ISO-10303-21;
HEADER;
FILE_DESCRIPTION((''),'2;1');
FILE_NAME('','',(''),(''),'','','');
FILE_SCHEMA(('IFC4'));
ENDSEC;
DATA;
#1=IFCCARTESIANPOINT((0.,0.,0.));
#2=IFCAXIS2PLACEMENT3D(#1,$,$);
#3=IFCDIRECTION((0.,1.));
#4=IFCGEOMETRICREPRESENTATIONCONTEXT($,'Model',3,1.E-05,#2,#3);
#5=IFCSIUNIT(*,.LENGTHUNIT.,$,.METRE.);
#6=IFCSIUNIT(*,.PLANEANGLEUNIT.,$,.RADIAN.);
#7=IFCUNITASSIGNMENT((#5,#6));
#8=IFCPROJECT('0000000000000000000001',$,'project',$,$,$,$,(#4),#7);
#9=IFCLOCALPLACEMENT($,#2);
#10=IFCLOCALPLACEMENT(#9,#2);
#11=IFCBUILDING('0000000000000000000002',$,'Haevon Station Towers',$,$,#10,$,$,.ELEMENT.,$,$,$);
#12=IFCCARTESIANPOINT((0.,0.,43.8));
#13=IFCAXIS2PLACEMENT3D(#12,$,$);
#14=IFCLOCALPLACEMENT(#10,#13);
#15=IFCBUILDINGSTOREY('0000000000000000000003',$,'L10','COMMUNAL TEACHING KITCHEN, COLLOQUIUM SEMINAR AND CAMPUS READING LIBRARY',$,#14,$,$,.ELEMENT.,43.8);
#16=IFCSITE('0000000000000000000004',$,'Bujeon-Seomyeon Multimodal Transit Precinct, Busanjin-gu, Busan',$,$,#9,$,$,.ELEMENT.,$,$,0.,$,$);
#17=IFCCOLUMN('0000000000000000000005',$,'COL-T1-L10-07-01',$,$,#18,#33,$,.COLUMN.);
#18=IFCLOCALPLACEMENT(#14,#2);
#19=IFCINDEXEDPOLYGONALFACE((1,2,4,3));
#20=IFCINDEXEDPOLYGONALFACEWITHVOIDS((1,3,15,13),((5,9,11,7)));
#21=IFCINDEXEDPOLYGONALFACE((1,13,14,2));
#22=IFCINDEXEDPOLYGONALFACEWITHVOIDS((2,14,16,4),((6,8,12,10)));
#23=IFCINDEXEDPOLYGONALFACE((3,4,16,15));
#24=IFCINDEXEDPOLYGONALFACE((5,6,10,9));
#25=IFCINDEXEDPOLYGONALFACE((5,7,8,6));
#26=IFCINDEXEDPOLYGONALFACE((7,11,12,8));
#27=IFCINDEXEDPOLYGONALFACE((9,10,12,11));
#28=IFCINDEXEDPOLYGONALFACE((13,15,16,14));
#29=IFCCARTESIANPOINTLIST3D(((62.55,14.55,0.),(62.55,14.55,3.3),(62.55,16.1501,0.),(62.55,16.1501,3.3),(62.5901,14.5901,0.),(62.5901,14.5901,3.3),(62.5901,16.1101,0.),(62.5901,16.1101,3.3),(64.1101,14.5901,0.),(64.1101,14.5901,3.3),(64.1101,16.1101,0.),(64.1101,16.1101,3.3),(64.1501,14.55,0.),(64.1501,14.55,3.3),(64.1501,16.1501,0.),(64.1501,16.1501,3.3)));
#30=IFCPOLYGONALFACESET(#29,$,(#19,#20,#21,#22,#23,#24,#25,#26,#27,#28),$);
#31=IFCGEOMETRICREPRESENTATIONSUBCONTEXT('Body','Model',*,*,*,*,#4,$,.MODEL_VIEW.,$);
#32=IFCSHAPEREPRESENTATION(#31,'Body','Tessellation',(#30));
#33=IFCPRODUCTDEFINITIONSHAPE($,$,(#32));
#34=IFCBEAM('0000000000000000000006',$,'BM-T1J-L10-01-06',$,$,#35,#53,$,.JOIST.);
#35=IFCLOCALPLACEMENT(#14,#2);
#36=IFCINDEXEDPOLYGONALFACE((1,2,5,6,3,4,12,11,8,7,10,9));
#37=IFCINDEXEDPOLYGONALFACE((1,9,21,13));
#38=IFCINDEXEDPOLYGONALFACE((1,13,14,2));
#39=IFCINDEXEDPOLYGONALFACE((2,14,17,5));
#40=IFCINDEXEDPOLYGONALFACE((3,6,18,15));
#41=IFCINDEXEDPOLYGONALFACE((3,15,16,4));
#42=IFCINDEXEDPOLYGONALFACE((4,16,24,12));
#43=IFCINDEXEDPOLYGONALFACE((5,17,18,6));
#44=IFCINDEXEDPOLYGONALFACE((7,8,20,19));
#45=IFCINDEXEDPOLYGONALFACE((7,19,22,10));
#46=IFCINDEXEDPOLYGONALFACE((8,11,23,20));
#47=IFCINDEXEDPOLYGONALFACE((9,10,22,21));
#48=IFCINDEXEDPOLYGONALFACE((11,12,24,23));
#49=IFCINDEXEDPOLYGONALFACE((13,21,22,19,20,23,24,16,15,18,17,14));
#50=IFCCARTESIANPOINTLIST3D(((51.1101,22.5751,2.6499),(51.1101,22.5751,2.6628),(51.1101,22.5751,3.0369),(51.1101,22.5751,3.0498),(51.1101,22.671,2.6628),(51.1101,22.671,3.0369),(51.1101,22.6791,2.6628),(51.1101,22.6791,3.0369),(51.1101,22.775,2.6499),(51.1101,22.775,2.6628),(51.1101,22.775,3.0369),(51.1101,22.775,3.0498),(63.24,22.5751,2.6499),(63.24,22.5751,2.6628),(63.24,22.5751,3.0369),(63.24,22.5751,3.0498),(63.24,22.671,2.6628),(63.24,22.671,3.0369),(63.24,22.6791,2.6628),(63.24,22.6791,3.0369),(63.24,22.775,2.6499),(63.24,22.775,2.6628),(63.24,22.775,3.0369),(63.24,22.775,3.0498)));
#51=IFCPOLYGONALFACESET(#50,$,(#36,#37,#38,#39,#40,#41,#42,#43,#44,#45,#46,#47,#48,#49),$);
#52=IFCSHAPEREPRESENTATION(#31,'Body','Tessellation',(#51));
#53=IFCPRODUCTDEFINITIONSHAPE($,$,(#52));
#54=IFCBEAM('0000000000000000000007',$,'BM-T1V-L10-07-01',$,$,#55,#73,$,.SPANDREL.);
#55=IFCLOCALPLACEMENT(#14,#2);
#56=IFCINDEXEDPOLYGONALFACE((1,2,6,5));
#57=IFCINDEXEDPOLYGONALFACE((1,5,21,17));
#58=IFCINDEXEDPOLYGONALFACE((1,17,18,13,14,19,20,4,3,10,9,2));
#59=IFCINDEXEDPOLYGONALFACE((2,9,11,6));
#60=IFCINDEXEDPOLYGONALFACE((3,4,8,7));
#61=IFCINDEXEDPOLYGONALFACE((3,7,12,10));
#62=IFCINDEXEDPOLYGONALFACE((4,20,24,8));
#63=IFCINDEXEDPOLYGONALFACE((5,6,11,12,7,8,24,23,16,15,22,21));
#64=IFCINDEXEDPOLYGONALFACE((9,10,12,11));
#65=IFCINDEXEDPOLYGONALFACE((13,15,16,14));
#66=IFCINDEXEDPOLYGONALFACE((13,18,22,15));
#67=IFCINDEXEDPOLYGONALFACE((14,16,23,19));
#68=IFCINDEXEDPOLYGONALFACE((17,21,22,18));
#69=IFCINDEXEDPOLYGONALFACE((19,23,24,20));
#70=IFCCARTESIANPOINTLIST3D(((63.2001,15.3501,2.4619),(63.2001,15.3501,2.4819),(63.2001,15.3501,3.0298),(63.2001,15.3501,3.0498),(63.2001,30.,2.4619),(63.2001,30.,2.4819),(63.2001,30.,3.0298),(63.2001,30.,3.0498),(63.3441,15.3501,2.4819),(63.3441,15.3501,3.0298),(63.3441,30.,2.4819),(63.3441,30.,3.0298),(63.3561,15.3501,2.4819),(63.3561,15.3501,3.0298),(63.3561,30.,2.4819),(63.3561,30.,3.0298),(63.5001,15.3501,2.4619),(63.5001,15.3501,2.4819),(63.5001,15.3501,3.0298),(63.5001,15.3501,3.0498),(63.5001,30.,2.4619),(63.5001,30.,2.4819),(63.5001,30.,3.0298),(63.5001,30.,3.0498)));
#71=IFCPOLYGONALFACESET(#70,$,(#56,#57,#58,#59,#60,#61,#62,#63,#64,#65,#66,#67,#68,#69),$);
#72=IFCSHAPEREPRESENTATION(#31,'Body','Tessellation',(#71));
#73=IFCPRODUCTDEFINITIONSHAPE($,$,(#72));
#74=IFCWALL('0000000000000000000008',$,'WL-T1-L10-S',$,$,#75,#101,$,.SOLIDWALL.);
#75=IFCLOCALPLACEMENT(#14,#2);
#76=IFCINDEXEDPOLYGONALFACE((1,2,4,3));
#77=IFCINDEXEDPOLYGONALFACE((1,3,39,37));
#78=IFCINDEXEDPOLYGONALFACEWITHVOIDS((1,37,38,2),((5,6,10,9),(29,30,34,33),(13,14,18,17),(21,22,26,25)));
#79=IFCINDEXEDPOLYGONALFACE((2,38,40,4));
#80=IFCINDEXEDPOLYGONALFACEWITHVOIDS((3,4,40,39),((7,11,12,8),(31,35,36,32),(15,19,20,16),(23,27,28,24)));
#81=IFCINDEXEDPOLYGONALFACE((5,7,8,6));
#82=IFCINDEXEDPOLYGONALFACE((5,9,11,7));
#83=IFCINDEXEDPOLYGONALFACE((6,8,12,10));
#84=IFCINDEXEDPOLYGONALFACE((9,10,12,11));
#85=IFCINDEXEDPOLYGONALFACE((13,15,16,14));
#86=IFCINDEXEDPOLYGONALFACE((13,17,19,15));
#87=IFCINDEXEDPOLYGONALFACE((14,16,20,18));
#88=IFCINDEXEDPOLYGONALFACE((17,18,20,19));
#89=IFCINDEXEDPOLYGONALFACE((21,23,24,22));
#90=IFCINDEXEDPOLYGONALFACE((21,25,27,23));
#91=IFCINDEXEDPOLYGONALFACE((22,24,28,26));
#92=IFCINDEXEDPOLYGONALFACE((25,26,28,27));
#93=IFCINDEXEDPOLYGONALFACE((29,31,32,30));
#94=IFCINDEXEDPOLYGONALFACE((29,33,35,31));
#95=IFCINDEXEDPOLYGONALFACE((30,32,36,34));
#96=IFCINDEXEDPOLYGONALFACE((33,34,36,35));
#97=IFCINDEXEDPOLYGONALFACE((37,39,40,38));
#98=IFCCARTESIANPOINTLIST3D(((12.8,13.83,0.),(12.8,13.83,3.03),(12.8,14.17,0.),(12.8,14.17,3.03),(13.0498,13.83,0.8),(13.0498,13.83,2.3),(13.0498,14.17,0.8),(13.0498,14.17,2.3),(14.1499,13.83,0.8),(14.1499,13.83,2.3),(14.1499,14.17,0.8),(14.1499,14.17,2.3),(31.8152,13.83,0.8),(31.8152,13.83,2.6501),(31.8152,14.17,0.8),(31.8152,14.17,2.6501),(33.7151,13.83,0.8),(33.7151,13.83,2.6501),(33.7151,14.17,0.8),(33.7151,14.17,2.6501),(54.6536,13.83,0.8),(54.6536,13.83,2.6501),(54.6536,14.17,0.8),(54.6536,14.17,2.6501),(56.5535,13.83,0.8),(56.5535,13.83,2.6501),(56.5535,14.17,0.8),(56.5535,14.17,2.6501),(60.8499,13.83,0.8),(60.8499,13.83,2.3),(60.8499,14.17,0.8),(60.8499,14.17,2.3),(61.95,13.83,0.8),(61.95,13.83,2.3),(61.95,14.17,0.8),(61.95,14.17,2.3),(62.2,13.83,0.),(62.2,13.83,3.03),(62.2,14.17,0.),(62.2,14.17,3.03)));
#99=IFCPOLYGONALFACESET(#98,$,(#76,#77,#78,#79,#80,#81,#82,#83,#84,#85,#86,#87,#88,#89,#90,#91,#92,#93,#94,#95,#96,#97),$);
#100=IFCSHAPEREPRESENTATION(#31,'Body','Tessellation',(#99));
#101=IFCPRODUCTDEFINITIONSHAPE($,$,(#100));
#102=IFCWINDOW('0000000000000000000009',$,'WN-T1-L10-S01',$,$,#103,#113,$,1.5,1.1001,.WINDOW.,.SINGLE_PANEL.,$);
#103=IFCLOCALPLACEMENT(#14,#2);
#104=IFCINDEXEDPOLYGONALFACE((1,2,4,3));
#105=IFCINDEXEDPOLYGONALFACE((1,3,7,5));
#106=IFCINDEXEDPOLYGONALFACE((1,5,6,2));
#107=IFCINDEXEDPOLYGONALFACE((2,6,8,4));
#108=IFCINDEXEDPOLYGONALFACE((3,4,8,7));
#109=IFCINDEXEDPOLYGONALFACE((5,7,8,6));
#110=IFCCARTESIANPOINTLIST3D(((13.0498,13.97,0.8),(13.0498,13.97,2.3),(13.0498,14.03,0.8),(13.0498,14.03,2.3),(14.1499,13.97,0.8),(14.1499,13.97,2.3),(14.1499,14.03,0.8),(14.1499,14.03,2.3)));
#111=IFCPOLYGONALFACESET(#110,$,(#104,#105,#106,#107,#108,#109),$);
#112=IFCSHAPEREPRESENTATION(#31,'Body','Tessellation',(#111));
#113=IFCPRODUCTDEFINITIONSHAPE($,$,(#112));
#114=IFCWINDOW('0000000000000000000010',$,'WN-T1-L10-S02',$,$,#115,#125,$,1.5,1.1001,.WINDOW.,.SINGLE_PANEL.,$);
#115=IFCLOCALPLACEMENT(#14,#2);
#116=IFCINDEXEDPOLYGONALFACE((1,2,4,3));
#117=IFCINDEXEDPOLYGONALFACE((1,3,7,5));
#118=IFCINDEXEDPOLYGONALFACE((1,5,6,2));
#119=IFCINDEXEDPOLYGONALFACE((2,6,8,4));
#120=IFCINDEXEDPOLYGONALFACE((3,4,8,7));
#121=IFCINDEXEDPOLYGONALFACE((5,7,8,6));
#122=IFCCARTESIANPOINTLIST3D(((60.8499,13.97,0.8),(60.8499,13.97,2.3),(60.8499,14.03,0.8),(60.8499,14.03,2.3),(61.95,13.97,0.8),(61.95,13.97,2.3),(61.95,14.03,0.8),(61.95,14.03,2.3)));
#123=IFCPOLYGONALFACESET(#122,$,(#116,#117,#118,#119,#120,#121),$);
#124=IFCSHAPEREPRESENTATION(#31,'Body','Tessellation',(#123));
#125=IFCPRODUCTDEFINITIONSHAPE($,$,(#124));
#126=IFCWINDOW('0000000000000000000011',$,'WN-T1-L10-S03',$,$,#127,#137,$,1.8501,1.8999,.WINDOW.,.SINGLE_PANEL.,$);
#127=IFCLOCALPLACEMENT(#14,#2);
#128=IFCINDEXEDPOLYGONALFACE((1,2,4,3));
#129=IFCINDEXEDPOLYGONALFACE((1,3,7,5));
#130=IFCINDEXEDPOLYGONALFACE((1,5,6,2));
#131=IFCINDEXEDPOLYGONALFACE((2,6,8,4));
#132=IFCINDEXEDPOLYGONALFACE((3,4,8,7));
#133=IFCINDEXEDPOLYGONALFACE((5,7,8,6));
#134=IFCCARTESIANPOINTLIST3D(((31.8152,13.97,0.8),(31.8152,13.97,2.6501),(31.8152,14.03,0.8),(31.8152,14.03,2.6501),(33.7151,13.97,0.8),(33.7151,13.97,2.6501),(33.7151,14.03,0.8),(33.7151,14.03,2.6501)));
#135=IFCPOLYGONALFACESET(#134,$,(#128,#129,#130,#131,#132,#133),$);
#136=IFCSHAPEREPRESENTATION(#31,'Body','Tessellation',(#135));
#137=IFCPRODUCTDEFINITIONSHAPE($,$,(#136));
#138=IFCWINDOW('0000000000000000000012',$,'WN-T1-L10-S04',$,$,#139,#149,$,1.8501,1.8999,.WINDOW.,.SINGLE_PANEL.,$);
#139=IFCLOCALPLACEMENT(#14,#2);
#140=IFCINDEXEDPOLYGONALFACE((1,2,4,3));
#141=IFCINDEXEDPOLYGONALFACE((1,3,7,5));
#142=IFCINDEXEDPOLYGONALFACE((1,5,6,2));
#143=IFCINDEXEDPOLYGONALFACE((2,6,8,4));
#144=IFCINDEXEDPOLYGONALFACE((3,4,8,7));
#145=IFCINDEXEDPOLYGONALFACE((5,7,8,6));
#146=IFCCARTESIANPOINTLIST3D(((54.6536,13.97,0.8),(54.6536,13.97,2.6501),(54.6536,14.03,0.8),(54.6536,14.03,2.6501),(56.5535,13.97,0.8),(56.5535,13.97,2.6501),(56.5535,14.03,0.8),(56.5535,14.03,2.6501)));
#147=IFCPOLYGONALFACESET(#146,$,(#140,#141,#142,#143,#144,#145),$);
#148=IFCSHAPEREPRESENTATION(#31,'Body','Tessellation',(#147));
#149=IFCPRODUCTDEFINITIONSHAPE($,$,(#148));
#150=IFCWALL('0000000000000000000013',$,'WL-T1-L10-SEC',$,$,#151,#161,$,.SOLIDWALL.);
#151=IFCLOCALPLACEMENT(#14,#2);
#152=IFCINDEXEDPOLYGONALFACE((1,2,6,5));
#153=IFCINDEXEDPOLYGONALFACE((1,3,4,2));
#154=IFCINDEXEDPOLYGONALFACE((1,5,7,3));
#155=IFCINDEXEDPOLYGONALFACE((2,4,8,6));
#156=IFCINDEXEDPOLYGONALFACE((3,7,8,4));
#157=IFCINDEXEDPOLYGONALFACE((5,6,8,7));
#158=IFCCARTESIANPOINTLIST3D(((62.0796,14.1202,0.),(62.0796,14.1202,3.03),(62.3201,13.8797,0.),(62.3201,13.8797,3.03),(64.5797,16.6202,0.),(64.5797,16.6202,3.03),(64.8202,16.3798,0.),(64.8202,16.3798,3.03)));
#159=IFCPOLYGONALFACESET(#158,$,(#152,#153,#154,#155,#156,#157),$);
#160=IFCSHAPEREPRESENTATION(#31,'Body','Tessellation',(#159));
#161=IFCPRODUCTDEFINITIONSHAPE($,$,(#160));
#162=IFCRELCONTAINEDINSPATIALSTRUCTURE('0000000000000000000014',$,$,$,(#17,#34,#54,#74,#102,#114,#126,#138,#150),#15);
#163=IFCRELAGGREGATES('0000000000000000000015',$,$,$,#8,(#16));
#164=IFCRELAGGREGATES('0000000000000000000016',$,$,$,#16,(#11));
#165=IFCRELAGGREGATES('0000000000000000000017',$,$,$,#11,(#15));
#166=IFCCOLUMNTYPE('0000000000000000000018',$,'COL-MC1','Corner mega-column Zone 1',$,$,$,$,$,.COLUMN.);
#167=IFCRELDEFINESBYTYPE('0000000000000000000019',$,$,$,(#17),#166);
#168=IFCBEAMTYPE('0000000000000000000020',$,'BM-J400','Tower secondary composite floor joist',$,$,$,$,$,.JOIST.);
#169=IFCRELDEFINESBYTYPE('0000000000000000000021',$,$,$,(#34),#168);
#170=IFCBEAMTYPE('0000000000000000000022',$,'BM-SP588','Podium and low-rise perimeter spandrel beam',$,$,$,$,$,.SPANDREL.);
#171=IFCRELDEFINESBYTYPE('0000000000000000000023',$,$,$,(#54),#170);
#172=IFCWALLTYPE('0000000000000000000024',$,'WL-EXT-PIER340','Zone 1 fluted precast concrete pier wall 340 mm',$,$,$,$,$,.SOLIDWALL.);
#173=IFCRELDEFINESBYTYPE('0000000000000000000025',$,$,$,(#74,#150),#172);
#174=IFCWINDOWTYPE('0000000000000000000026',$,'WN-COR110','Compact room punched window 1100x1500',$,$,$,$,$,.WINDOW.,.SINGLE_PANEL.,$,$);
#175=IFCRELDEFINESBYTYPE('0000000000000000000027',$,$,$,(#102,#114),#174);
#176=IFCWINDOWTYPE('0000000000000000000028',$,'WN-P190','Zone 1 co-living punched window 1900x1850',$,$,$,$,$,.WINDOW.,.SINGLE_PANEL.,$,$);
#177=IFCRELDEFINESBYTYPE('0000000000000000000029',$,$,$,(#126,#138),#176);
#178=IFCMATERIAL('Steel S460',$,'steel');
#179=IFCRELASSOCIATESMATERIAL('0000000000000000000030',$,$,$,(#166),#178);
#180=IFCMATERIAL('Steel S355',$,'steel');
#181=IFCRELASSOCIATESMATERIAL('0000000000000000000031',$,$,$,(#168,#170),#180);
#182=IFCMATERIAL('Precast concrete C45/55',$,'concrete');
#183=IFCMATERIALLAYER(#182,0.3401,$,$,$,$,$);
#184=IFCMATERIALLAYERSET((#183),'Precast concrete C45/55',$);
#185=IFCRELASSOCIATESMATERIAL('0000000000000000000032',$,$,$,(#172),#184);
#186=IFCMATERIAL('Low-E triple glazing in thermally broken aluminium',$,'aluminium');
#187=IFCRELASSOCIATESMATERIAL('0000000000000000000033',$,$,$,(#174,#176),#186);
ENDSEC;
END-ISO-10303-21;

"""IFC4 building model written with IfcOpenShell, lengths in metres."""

from ifc_helpers import new_model, si_unit, direction, frame, frame_2d, origin, origin_2d, place, context, subcontext, project, spatial, rectangle, hollow_rectangle, i_section, extrude, material, layer, layer_set, material_profile, profile_set, type_object, element, fill, save


model = new_model("IFC4")

# Units and contexts
model_context = context("Model", 3, precision=1e-05, world=origin(), true_north=direction((0.0, 1.0)))
body_context = subcontext(model_context, "Body", "Model", "MODEL_VIEW")
ifc_project = project(units=[si_unit("LENGTHUNIT", "METRE"), si_unit("PLANEANGLEUNIT", "RADIAN")], contexts=[model_context])

# Site, building, storey
site_placement = place(None, origin())
site = spatial("IfcSite", under=ifc_project, at=site_placement, Name="Bujeon-Seomyeon Multimodal Transit Precinct, Busanjin-gu, Busan", CompositionType="ELEMENT", RefElevation=0.0)
building_placement = place(site_placement, origin())
building = spatial("IfcBuilding", under=site, at=building_placement, Name="Haevon Station Towers", CompositionType="ELEMENT")
storey_placement = place(building_placement, frame((0.0, 0.0, 43.8)))
storey = spatial("IfcBuildingStorey", under=building, at=storey_placement, Name="L10", Description="COMMUNAL TEACHING KITCHEN, COLLOQUIUM SEMINAR AND CAMPUS READING LIBRARY", CompositionType="ELEMENT", Elevation=43.8)

# Column
ifc_material_1 = material(Name="Steel S460", Category="steel")
ifc_material_profile_1 = material_profile(ifc_material_1, hollow_rectangle(XDim=1.6001, YDim=1.6001, WallThickness=0.04, at=origin_2d()), Name="BOX-1600x1600x40")
ifc_profile_set_1 = profile_set([ifc_material_profile_1], Name="Steel S460")
column_type = type_object("IfcColumnType", Name="COL-MC1", Description="Corner mega-column Zone 1", PredefinedType="COLUMN", material=ifc_profile_set_1)
column_placement = place(storey_placement, frame((63.3501, 15.3501, 0.0), z_axis=(0.0, 0.0, 1.0), x_axis=(1.0, 0.0, 0.0)))
element("IfcColumn", 1, at=column_placement, inside=storey, type_object=column_type, Name="COL-T1-L10-07-01", PredefinedType="COLUMN", context=body_context, shape_type="SweptSolid", body=[
    extrude(hollow_rectangle(XDim=1.6001, YDim=1.6001, WallThickness=0.04, at=origin_2d()), origin(), (0.0, 0.0, 1.0), 3.3),
])

# Beams
ifc_material_2 = material(Name="Steel S355", Category="steel")
ifc_material_profile_2 = material_profile(ifc_material_2, i_section(OverallWidth=0.2, OverallDepth=0.3999, WebThickness=0.0081, FlangeThickness=0.0129, at=origin_2d()), Name="H-400x200x8x13")
ifc_profile_set_2 = profile_set([ifc_material_profile_2], Name="Steel S355")
beam_type_1 = type_object("IfcBeamType", Name="BM-J400", Description="Tower secondary composite floor joist", PredefinedType="JOIST", material=ifc_profile_set_2)
beam_1_placement = place(storey_placement, frame((51.1101, 22.675, 2.8499), z_axis=(1.0, 0.0, 0.0), x_axis=(0.0, 1.0, 0.0)))
element("IfcBeam", 2, at=beam_1_placement, inside=storey, type_object=beam_type_1, Name="BM-T1J-L10-01-06", PredefinedType="JOIST", context=body_context, shape_type="SweptSolid", body=[
    extrude(i_section(OverallWidth=0.2, OverallDepth=0.3999, WebThickness=0.0081, FlangeThickness=0.0129, at=origin_2d()), origin(), (0.0, 0.0, 1.0), 12.1299),
])
ifc_material_profile_3 = material_profile(ifc_material_2, i_section(OverallWidth=0.3, OverallDepth=0.5879, WebThickness=0.012, FlangeThickness=0.02, at=origin_2d()), Name="H-588x300x12x20")
ifc_profile_set_3 = profile_set([ifc_material_profile_3], Name="Steel S355")
beam_type_2 = type_object("IfcBeamType", Name="BM-SP588", Description="Podium and low-rise perimeter spandrel beam", PredefinedType="SPANDREL", material=ifc_profile_set_3)
beam_2_placement = place(storey_placement, frame((63.3501, 15.3501, 2.7559), z_axis=(0.0, 1.0, 0.0), x_axis=(-1.0, 0.0, 0.0)))
element("IfcBeam", 3, at=beam_2_placement, inside=storey, type_object=beam_type_2, Name="BM-T1V-L10-07-01", PredefinedType="SPANDREL", context=body_context, shape_type="SweptSolid", body=[
    extrude(i_section(OverallWidth=0.3, OverallDepth=0.5879, WebThickness=0.012, FlangeThickness=0.02, at=origin_2d()), origin(), (0.0, 0.0, 1.0), 14.6499),
])

# Wall, openings, windows
ifc_material_3 = material(Name="Precast concrete C45/55", Category="concrete")
ifc_layer_1 = layer(ifc_material_3, 0.3401)
ifc_layer_set_1 = layer_set([ifc_layer_1], Name="Precast concrete C45/55")
wall_type_1 = type_object("IfcWallType", Name="WL-EXT-PIER340", Description="Zone 1 fluted precast concrete pier wall 340 mm", PredefinedType="SOLIDWALL", material=ifc_layer_set_1)
wall_1_placement = place(storey_placement, frame((62.2, 14.0, 0.0), z_axis=(0.0, 0.0, 1.0), x_axis=(-1.0, 0.0, 0.0)))
wall_1 = element("IfcWall", 4, at=wall_1_placement, inside=storey, type_object=wall_type_1, Name="WL-T1-L10-S", PredefinedType="SOLIDWALL", context=body_context, shape_type="SweptSolid", body=[
    extrude(rectangle(XDim=49.3999, YDim=0.3401, at=frame_2d((24.7, 0.0))), origin(), (0.0, 0.0, 1.0), 3.03),
])
opening_1_placement = place(wall_1_placement, frame((48.05, 0.0, 0.8)))
opening_1 = element("IfcOpeningElement", 5, at=opening_1_placement, cuts=wall_1, PredefinedType="OPENING", context=body_context, shape_type="SweptSolid", body=[
    extrude(rectangle(XDim=1.1001, YDim=1.5, at=frame_2d((0.55, 0.75))), frame((0.0, 0.1799, 0.0), z_axis=(0.0, -1.0, 0.0), x_axis=(1.0, 0.0, 0.0)), (0.0, 0.0, 1.0), 0.3601),
])
opening_2_placement = place(wall_1_placement, frame((0.25, 0.0, 0.8)))
opening_2 = element("IfcOpeningElement", 6, at=opening_2_placement, cuts=wall_1, PredefinedType="OPENING", context=body_context, shape_type="SweptSolid", body=[
    extrude(rectangle(XDim=1.1001, YDim=1.5, at=frame_2d((0.55, 0.75))), frame((0.0, 0.1799, 0.0), z_axis=(0.0, -1.0, 0.0), x_axis=(1.0, 0.0, 0.0)), (0.0, 0.0, 1.0), 0.3601),
])
opening_3_placement = place(wall_1_placement, frame((28.4849, 0.0, 0.8)))
opening_3 = element("IfcOpeningElement", 7, at=opening_3_placement, cuts=wall_1, PredefinedType="OPENING", context=body_context, shape_type="SweptSolid", body=[
    extrude(rectangle(XDim=1.8999, YDim=1.8501, at=frame_2d((0.95, 0.925))), frame((0.0, 0.1799, 0.0), z_axis=(0.0, -1.0, 0.0), x_axis=(1.0, 0.0, 0.0)), (0.0, 0.0, 1.0), 0.3601),
])
opening_4_placement = place(wall_1_placement, frame((5.6465, 0.0, 0.8)))
opening_4 = element("IfcOpeningElement", 8, at=opening_4_placement, cuts=wall_1, PredefinedType="OPENING", context=body_context, shape_type="SweptSolid", body=[
    extrude(rectangle(XDim=1.8999, YDim=1.8501, at=frame_2d((0.95, 0.925))), frame((0.0, 0.1799, 0.0), z_axis=(0.0, -1.0, 0.0), x_axis=(1.0, 0.0, 0.0)), (0.0, 0.0, 1.0), 0.3601),
])
ifc_material_4 = material(Name="Low-E triple glazing in thermally broken aluminium", Category="aluminium")
window_type_1 = type_object("IfcWindowType", Name="WN-COR110", Description="Compact room punched window 1100x1500", PartitioningType="SINGLE_PANEL", PredefinedType="WINDOW", material=ifc_material_4)
window_1_placement = place(opening_1_placement, origin())
window_1 = element("IfcWindow", 9, at=window_1_placement, inside=storey, type_object=window_type_1, Name="WN-T1-L10-S01", OverallHeight=1.5, OverallWidth=1.1001, PartitioningType="SINGLE_PANEL", PredefinedType="WINDOW", context=body_context, shape_type="SweptSolid", body=[
    extrude(rectangle(XDim=1.1001, YDim=1.5, at=frame_2d((0.55, 0.75))), frame((0.0, 0.03, 0.0), z_axis=(0.0, -1.0, 0.0), x_axis=(1.0, 0.0, 0.0)), (0.0, 0.0, 1.0), 0.0601),
])
fill(opening_1, window_1)
window_2_placement = place(opening_2_placement, origin())
window_2 = element("IfcWindow", 10, at=window_2_placement, inside=storey, type_object=window_type_1, Name="WN-T1-L10-S02", OverallHeight=1.5, OverallWidth=1.1001, PartitioningType="SINGLE_PANEL", PredefinedType="WINDOW", context=body_context, shape_type="SweptSolid", body=[
    extrude(rectangle(XDim=1.1001, YDim=1.5, at=frame_2d((0.55, 0.75))), frame((0.0, 0.03, 0.0), z_axis=(0.0, -1.0, 0.0), x_axis=(1.0, 0.0, 0.0)), (0.0, 0.0, 1.0), 0.0601),
])
fill(opening_2, window_2)
window_type_2 = type_object("IfcWindowType", Name="WN-P190", Description="Zone 1 co-living punched window 1900x1850", PartitioningType="SINGLE_PANEL", PredefinedType="WINDOW", material=ifc_material_4)
window_3_placement = place(opening_3_placement, origin())
window_3 = element("IfcWindow", 11, at=window_3_placement, inside=storey, type_object=window_type_2, Name="WN-T1-L10-S03", OverallHeight=1.8501, OverallWidth=1.8999, PartitioningType="SINGLE_PANEL", PredefinedType="WINDOW", context=body_context, shape_type="SweptSolid", body=[
    extrude(rectangle(XDim=1.8999, YDim=1.8501, at=frame_2d((0.95, 0.925))), frame((0.0, 0.03, 0.0), z_axis=(0.0, -1.0, 0.0), x_axis=(1.0, 0.0, 0.0)), (0.0, 0.0, 1.0), 0.0601),
])
fill(opening_3, window_3)
window_4_placement = place(opening_4_placement, origin())
window_4 = element("IfcWindow", 12, at=window_4_placement, inside=storey, type_object=window_type_2, Name="WN-T1-L10-S04", OverallHeight=1.8501, OverallWidth=1.8999, PartitioningType="SINGLE_PANEL", PredefinedType="WINDOW", context=body_context, shape_type="SweptSolid", body=[
    extrude(rectangle(XDim=1.8999, YDim=1.8501, at=frame_2d((0.95, 0.925))), frame((0.0, 0.03, 0.0), z_axis=(0.0, -1.0, 0.0), x_axis=(1.0, 0.0, 0.0)), (0.0, 0.0, 1.0), 0.0601),
])
fill(opening_4, window_4)

# Wall
wall_2_placement = place(storey_placement, frame((64.7, 16.5, 0.0), z_axis=(0.0, 0.0, 1.0), x_axis=(-0.707107, -0.707107, 0.0)))
element("IfcWall", 13, at=wall_2_placement, inside=storey, type_object=wall_type_1, Name="WL-T1-L10-SEC", PredefinedType="SOLIDWALL", context=body_context, shape_type="SweptSolid", body=[
    extrude(rectangle(XDim=3.5356, YDim=0.3401, at=frame_2d((1.7678, 0.0))), origin(), (0.0, 0.0, 1.0), 3.03),
])

save(model, "model.ifc")
